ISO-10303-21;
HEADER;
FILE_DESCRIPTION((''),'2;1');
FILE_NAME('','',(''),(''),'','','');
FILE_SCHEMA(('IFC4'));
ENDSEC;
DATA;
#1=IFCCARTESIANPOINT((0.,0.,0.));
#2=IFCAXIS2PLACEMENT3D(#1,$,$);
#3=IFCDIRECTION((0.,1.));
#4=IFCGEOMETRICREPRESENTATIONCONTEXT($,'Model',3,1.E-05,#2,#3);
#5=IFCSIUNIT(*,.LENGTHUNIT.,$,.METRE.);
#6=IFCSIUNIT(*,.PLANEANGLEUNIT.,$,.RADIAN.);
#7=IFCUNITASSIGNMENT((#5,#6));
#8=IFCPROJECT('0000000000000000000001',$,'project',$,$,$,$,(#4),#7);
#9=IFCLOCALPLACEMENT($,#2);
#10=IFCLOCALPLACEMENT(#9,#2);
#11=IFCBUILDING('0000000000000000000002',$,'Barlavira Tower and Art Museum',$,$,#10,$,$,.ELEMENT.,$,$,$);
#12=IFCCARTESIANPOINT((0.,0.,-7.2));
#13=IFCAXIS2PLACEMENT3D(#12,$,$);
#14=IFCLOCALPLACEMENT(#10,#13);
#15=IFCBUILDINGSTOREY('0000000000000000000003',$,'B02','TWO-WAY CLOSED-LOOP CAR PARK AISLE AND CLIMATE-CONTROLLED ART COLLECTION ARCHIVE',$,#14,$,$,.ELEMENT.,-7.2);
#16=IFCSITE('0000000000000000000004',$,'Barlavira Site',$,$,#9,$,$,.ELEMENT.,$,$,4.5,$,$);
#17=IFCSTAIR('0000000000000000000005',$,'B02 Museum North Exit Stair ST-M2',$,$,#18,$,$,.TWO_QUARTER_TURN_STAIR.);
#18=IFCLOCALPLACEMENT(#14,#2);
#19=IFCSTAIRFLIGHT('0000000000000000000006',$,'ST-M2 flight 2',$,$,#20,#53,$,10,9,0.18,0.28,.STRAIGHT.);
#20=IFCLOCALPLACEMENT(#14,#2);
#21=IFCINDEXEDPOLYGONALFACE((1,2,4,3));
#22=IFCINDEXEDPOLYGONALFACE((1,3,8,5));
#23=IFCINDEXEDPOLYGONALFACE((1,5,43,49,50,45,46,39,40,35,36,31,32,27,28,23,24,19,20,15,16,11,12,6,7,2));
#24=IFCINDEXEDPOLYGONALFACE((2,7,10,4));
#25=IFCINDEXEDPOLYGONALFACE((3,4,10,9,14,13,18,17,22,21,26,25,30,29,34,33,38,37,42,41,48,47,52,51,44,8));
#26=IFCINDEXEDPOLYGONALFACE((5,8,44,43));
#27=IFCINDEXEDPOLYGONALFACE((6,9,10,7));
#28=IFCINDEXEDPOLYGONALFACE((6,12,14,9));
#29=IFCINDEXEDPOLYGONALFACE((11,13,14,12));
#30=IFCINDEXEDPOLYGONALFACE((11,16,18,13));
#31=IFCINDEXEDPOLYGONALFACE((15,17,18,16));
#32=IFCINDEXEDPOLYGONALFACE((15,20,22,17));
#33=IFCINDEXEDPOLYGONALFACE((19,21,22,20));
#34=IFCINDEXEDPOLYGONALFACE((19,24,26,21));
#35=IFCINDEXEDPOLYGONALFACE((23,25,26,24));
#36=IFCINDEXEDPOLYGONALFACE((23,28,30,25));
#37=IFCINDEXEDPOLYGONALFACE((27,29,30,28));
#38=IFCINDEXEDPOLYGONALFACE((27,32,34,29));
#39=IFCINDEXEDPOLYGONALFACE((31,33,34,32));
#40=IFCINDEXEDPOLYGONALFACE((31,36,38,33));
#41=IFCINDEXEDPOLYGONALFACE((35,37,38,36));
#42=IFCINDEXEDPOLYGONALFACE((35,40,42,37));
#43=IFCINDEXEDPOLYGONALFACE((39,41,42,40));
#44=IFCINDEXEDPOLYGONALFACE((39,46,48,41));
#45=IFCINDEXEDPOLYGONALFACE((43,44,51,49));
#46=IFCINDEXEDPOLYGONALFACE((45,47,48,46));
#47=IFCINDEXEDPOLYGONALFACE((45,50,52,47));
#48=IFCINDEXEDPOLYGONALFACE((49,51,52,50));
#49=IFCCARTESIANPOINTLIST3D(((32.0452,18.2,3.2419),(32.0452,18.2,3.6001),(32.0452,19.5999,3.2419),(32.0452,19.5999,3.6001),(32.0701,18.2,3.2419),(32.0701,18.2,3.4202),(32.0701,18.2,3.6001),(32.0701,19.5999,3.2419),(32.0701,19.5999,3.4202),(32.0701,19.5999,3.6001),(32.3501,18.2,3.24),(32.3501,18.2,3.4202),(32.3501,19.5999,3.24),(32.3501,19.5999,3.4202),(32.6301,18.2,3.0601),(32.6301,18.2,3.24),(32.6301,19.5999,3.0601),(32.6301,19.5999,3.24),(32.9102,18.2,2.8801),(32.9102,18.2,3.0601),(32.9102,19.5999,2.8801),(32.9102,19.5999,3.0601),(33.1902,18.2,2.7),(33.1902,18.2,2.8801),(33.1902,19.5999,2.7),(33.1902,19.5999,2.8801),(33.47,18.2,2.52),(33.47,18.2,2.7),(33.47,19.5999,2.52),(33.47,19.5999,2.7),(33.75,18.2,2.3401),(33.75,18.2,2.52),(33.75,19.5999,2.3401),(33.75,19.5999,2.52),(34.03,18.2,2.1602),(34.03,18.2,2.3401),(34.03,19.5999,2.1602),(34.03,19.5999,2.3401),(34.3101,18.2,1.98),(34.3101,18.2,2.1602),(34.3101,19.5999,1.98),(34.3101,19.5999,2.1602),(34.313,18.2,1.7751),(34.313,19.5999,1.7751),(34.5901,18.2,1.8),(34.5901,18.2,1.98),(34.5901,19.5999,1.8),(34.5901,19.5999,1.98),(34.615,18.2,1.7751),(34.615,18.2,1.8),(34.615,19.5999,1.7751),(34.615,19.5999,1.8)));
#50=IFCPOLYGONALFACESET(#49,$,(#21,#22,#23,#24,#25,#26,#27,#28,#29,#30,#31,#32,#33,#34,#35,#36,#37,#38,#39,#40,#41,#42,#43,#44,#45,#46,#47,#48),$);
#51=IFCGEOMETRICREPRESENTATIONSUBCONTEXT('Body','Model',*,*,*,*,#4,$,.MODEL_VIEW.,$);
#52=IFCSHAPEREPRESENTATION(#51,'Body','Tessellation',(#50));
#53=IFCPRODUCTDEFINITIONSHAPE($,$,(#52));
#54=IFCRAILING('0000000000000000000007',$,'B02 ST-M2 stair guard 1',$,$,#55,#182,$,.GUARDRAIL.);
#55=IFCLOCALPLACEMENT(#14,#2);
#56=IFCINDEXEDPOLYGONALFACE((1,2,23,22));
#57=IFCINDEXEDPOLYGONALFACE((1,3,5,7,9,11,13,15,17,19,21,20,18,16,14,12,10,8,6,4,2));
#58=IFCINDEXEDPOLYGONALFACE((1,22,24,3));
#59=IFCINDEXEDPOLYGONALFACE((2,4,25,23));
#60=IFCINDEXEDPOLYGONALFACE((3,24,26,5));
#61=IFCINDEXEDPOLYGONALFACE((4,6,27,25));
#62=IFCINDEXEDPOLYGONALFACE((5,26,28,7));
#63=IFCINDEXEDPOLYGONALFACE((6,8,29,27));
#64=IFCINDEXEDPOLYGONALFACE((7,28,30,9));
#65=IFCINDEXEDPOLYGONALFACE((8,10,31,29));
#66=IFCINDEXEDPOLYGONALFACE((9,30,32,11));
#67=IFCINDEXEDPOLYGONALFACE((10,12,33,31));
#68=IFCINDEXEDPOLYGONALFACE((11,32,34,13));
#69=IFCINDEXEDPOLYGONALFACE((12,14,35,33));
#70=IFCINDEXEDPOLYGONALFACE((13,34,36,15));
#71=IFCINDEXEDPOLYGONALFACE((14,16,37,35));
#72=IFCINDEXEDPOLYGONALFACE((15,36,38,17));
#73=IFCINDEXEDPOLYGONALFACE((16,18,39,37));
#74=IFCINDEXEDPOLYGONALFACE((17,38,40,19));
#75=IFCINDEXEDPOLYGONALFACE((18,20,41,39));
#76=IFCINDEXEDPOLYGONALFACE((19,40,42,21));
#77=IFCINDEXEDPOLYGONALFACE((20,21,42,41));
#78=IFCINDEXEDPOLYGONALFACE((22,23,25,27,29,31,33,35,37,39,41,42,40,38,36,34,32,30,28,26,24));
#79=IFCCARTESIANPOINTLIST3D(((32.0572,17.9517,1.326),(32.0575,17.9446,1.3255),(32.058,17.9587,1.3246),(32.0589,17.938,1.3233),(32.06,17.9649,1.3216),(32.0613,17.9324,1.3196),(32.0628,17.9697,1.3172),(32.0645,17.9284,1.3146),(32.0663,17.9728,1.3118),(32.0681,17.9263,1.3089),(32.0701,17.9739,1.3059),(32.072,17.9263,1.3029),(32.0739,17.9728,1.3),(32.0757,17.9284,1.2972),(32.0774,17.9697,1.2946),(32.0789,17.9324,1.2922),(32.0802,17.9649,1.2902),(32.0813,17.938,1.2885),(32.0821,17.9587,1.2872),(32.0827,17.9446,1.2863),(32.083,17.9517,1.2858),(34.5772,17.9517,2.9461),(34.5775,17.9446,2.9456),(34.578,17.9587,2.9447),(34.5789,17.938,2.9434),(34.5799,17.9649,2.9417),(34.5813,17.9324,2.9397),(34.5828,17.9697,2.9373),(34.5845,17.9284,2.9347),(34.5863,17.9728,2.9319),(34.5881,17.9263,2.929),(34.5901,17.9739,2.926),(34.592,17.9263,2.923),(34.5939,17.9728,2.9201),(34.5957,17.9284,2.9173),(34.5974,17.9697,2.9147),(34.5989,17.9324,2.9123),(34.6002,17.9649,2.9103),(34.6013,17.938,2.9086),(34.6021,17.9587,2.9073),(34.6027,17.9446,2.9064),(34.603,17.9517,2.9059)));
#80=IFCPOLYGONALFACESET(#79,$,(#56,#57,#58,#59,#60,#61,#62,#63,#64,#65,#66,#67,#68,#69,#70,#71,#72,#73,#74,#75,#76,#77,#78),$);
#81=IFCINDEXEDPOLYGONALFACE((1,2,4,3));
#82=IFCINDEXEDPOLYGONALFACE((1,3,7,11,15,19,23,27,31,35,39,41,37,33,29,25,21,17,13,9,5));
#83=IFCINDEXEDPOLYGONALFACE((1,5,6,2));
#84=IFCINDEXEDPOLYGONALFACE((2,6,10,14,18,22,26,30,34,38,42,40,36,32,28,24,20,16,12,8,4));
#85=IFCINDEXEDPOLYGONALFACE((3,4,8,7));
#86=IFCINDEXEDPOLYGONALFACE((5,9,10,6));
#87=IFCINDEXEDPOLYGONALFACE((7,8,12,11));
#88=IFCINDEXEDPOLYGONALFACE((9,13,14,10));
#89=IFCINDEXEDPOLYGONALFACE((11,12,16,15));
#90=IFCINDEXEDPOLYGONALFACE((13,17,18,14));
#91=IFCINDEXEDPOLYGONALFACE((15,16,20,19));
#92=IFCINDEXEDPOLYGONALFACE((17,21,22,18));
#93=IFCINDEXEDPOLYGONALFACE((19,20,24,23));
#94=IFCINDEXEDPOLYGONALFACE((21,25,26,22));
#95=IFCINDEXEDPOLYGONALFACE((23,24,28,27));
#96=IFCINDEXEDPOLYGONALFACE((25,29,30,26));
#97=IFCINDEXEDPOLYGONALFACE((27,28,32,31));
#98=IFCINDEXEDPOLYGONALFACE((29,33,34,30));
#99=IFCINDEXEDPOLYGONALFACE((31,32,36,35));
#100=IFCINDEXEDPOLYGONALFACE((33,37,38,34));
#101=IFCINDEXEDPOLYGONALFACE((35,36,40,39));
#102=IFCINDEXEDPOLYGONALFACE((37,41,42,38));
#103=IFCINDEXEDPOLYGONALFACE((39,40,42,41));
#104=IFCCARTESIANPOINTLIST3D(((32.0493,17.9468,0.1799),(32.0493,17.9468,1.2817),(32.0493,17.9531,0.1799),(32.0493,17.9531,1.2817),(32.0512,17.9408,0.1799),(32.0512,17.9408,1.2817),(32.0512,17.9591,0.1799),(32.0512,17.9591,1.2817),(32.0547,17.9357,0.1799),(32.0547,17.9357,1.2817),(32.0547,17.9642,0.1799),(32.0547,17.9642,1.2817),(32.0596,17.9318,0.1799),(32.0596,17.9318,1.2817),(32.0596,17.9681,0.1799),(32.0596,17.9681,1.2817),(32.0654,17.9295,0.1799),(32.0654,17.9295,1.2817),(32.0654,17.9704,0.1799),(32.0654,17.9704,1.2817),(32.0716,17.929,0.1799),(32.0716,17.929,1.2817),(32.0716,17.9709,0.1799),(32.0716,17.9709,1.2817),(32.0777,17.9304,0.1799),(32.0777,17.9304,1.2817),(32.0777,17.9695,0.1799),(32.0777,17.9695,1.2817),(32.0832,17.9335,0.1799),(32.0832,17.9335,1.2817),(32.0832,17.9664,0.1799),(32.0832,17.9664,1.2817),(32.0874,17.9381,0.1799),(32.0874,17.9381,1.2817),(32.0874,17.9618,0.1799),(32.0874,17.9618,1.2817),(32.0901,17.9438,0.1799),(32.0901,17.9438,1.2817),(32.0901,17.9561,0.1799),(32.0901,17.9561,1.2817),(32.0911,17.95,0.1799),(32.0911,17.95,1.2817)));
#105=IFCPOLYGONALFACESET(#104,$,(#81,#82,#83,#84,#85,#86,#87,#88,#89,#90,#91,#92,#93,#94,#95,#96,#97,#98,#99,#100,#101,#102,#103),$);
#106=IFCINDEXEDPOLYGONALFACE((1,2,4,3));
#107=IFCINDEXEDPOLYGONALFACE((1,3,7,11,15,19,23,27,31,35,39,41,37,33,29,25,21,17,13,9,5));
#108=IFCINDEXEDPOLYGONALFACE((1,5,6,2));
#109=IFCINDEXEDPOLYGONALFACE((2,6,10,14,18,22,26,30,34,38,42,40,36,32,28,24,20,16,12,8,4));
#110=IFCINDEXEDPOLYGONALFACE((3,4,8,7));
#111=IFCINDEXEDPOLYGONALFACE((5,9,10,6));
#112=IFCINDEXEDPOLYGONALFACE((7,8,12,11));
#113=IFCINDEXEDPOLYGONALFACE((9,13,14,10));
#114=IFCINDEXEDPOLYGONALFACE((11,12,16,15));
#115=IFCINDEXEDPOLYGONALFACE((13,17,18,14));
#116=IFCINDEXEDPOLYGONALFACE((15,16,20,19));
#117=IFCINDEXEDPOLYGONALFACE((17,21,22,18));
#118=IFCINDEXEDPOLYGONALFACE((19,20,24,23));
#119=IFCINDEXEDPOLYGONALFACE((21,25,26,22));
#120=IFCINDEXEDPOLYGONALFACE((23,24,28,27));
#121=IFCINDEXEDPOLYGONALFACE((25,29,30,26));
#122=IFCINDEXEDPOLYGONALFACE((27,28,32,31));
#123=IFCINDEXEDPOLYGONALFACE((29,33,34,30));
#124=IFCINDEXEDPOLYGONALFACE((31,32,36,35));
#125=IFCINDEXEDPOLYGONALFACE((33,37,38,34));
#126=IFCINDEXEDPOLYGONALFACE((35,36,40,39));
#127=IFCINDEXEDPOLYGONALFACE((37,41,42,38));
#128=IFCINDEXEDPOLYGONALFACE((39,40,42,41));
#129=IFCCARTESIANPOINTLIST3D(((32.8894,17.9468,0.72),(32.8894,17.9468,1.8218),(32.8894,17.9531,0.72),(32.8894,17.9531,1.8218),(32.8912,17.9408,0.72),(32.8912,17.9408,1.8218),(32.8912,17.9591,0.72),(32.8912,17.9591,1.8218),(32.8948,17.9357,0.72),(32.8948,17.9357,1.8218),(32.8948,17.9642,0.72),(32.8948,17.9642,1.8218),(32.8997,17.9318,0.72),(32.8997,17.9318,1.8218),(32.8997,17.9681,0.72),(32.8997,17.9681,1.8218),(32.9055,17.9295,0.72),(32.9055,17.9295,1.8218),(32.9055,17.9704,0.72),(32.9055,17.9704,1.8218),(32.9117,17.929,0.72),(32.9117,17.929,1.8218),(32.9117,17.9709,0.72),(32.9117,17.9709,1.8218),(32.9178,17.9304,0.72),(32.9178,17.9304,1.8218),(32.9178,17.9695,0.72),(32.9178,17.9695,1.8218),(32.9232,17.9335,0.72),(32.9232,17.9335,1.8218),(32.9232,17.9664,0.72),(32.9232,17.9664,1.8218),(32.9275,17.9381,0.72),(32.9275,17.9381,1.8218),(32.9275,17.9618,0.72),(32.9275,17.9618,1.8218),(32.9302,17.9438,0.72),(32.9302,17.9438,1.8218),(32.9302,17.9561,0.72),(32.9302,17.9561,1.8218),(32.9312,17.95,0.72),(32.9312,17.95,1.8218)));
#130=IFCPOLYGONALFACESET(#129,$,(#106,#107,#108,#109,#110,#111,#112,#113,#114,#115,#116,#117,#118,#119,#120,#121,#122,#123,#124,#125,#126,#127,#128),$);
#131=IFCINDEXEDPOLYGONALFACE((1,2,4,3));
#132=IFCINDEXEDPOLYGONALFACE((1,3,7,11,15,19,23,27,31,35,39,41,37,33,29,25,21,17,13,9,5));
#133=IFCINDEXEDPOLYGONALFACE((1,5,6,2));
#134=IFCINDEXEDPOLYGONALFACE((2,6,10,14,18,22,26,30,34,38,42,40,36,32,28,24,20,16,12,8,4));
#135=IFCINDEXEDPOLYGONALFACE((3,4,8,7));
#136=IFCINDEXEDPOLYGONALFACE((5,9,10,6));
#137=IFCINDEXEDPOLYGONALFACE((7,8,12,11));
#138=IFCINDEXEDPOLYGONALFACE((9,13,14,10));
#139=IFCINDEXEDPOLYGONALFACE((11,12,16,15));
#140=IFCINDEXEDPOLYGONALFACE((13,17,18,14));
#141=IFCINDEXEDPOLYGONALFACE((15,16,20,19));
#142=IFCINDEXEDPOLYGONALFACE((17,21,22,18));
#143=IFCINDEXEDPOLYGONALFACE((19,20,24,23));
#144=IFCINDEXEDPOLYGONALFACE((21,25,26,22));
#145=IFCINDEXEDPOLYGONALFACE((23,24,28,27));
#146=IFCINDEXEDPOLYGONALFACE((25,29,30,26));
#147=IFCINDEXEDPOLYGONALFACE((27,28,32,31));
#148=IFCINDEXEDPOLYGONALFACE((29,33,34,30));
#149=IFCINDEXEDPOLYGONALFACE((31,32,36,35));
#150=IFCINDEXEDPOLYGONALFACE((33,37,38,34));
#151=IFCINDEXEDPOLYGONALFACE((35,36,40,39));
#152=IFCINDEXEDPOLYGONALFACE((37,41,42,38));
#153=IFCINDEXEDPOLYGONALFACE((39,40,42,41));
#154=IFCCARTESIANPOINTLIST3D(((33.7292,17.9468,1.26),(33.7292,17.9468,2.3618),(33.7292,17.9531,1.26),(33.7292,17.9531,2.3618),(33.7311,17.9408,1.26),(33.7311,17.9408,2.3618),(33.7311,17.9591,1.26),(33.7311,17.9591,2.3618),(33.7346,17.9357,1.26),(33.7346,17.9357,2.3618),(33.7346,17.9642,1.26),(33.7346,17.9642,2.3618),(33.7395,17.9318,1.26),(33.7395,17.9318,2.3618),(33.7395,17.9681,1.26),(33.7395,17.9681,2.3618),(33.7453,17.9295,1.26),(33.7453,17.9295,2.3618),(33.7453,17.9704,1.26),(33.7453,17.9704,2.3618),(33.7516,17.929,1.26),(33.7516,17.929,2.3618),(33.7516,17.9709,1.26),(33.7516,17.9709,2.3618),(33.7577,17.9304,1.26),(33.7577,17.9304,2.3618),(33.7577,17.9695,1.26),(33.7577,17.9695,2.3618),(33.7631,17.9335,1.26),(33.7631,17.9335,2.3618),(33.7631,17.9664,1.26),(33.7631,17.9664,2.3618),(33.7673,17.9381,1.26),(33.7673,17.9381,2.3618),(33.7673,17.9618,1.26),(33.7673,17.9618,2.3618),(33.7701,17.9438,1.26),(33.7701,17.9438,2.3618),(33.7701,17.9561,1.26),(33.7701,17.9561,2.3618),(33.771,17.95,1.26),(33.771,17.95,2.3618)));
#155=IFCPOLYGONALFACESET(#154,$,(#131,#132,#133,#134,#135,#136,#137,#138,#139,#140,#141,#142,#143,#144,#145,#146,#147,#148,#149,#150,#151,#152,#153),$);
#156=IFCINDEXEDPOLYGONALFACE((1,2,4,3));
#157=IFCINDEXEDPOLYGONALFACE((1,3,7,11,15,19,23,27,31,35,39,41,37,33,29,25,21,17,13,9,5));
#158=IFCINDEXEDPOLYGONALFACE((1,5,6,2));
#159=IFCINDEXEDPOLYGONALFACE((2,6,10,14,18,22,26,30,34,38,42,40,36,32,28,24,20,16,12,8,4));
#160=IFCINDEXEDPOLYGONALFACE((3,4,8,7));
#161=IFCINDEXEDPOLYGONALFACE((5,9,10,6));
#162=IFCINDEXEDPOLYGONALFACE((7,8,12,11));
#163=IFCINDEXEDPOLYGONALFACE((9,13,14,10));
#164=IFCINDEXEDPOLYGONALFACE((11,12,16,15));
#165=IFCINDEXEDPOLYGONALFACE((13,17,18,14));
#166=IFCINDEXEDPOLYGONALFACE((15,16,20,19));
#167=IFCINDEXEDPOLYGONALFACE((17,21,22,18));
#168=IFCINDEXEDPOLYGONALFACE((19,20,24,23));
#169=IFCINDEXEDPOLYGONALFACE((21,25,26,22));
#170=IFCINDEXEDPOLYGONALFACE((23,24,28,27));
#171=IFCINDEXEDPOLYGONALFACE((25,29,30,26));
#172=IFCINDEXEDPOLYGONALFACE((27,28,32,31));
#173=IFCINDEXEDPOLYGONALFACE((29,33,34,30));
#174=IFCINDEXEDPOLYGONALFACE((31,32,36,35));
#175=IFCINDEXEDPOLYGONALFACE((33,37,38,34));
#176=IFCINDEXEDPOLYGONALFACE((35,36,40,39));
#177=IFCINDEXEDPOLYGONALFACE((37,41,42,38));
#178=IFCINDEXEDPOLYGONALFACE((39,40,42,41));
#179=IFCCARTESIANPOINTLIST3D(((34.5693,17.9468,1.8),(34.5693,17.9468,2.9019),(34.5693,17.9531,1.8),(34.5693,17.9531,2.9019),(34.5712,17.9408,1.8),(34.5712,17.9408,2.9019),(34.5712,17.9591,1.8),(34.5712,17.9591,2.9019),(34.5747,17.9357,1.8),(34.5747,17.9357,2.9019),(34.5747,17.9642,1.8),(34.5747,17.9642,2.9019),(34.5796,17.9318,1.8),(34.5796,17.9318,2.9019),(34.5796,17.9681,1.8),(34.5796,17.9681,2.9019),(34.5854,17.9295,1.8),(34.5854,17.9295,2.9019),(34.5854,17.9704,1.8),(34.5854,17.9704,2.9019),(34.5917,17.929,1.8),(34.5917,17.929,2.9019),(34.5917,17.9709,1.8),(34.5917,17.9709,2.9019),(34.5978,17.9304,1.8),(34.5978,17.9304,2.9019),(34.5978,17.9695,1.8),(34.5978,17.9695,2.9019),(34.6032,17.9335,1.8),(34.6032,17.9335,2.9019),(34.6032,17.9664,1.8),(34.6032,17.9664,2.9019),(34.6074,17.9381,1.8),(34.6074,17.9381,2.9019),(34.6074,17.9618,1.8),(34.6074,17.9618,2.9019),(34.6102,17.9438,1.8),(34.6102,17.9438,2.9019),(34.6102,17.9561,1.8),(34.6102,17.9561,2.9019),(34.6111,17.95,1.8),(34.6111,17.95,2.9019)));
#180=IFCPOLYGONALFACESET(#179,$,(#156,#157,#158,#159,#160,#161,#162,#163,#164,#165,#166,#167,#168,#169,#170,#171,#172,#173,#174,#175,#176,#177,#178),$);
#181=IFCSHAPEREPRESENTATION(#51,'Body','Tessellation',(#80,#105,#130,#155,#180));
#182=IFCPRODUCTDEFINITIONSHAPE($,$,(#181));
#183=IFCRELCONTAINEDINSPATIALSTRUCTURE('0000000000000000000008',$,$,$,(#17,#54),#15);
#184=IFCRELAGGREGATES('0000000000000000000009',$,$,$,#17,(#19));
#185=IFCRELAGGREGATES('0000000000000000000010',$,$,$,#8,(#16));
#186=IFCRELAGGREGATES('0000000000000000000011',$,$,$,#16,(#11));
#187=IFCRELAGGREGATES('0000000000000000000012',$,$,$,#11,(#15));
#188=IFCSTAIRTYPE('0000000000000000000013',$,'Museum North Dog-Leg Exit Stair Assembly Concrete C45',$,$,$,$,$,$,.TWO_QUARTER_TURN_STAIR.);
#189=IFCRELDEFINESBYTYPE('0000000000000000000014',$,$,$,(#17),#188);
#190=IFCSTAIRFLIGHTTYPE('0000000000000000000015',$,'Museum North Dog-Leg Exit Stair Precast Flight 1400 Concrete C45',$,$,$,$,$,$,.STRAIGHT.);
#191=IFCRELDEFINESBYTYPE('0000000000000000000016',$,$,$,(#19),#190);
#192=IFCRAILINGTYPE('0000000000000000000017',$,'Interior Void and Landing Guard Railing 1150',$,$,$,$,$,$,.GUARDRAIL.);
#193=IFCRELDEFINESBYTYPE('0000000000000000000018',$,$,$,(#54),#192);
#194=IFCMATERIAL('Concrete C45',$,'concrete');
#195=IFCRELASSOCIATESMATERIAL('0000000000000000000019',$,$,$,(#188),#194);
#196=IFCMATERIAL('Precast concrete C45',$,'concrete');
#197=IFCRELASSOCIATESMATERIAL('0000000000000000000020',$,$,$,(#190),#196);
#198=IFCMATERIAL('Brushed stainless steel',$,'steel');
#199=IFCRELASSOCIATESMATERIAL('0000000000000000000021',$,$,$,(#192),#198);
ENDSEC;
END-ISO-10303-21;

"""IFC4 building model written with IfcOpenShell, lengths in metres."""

from ifc_helpers import new_model, si_unit, direction, frame, origin, origin_2d, place, context, subcontext, project, spatial, polyline, circle, outline, extrude, material, type_object, element, aggregate, save


model = new_model("IFC4")

# Units and contexts
model_context = context("Model", 3, precision=1e-05, world=origin(), true_north=direction((0.0, 1.0)))
body_context = subcontext(model_context, "Body", "Model", "MODEL_VIEW")
ifc_project = project(units=[si_unit("LENGTHUNIT", "METRE"), si_unit("PLANEANGLEUNIT", "RADIAN")], contexts=[model_context])

# Site, building, storey
site_placement = place(None, origin())
site = spatial("IfcSite", under=ifc_project, at=site_placement, Name="Barlavira Site", CompositionType="ELEMENT", RefElevation=4.5)
building_placement = place(site_placement, origin())
building = spatial("IfcBuilding", under=site, at=building_placement, Name="Barlavira Tower and Art Museum", CompositionType="ELEMENT")
storey_placement = place(building_placement, frame((0.0, 0.0, -7.2)))
storey = spatial("IfcBuildingStorey", under=building, at=storey_placement, Name="B02", Description="TWO-WAY CLOSED-LOOP CAR PARK AISLE AND CLIMATE-CONTROLLED ART COLLECTION ARCHIVE", CompositionType="ELEMENT", Elevation=-7.2)

# Shared definitions
ifc_material_1 = material(Name="Brushed stainless steel", Category="steel")

# Stair, stair flight
ifc_material_2 = material(Name="Concrete C45", Category="concrete")
stair_type = type_object("IfcStairType", Name="Museum North Dog-Leg Exit Stair Assembly Concrete C45", PredefinedType="TWO_QUARTER_TURN_STAIR", material=ifc_material_2)
stair_placement = place(storey_placement, origin())
stair = element("IfcStair", 1, at=stair_placement, inside=storey, type_object=stair_type, Name="B02 Museum North Exit Stair ST-M2", PredefinedType="TWO_QUARTER_TURN_STAIR")
ifc_material_3 = material(Name="Precast concrete C45", Category="concrete")
stair_flight_type = type_object("IfcStairFlightType", Name="Museum North Dog-Leg Exit Stair Precast Flight 1400 Concrete C45", PredefinedType="STRAIGHT", material=ifc_material_3)
stair_flight_1_placement = place(storey_placement, frame((34.5901, 18.8999, 1.8), z_axis=(0.0, 0.0, 1.0), x_axis=(-1.0, 0.0, 0.0)))
stair_flight_1 = element("IfcStairFlight", 2, at=stair_flight_1_placement, type_object=stair_flight_type, Name="ST-M2 flight 2", NumberOfRisers=10, NumberOfTreads=9, PredefinedType="STRAIGHT", RiserHeight=0.18, TreadLength=0.28, context=body_context, shape_type="SweptSolid", body=[
    extrude(outline(polyline([(-0.0249, 0.0), (0.0, 0.0), (0.0, 0.1799), (0.28, 0.1799), (0.28, 0.3601), (0.5601, 0.3601), (0.5601, 0.54), (0.8401, 0.54), (0.8401, 0.72), (1.1201, 0.72), (1.1201, 0.8999), (1.3999, 0.8999), (1.3999, 1.0801), (1.6799, 1.0801), (1.6799, 1.26), (1.96, 1.26), (1.96, 1.4399), (2.24, 1.4399), (2.24, 1.6201), (2.52, 1.6201), (2.52, 1.8), (2.5449, 1.8), (2.5449, 1.4419), (2.52, 1.4419), (0.2771, -0.0249), (-0.0249, -0.0249), (-0.0249, 0.0)])), frame((0.0, 0.7, 0.0), z_axis=(0.0, -1.0, 0.0), x_axis=(1.0, 0.0, 0.0)), (0.0, 0.0, 1.0), 1.3999),
])
aggregate(stair, [stair_flight_1])

# Railing
railing_type_1 = type_object("IfcRailingType", Name="Interior Void and Landing Guard Railing 1150", PredefinedType="GUARDRAIL", material=ifc_material_1)
railing_1_placement = place(storey_placement, frame((32.0701, 17.95, 0.1799)))
element("IfcRailing", 3, at=railing_1_placement, inside=storey, type_object=railing_type_1, Name="B02 ST-M2 stair guard 1", PredefinedType="GUARDRAIL", context=body_context, shape_type="SweptSolid", body=[
    extrude(circle(Radius=0.0239, at=origin_2d()), frame((0.0, 0.0, 1.126), z_axis=(0.841163, 0.0, 0.540782), x_axis=(0.0, 1.0, 0.0)), (0.0, 0.0, 1.0), 2.9958),
    extrude(circle(Radius=0.021, at=origin_2d()), origin(), (0.0, 0.0, 1.0), 1.1018),
    extrude(circle(Radius=0.021, at=origin_2d()), frame((0.8401, 0.0, 0.54)), (0.0, 0.0, 1.0), 1.1018),
    extrude(circle(Radius=0.021, at=origin_2d()), frame((1.6799, 0.0, 1.0801)), (0.0, 0.0, 1.0), 1.1018),
    extrude(circle(Radius=0.021, at=origin_2d()), frame((2.52, 0.0, 1.6201)), (0.0, 0.0, 1.0), 1.1018),
])

save(model, "model.ifc")
